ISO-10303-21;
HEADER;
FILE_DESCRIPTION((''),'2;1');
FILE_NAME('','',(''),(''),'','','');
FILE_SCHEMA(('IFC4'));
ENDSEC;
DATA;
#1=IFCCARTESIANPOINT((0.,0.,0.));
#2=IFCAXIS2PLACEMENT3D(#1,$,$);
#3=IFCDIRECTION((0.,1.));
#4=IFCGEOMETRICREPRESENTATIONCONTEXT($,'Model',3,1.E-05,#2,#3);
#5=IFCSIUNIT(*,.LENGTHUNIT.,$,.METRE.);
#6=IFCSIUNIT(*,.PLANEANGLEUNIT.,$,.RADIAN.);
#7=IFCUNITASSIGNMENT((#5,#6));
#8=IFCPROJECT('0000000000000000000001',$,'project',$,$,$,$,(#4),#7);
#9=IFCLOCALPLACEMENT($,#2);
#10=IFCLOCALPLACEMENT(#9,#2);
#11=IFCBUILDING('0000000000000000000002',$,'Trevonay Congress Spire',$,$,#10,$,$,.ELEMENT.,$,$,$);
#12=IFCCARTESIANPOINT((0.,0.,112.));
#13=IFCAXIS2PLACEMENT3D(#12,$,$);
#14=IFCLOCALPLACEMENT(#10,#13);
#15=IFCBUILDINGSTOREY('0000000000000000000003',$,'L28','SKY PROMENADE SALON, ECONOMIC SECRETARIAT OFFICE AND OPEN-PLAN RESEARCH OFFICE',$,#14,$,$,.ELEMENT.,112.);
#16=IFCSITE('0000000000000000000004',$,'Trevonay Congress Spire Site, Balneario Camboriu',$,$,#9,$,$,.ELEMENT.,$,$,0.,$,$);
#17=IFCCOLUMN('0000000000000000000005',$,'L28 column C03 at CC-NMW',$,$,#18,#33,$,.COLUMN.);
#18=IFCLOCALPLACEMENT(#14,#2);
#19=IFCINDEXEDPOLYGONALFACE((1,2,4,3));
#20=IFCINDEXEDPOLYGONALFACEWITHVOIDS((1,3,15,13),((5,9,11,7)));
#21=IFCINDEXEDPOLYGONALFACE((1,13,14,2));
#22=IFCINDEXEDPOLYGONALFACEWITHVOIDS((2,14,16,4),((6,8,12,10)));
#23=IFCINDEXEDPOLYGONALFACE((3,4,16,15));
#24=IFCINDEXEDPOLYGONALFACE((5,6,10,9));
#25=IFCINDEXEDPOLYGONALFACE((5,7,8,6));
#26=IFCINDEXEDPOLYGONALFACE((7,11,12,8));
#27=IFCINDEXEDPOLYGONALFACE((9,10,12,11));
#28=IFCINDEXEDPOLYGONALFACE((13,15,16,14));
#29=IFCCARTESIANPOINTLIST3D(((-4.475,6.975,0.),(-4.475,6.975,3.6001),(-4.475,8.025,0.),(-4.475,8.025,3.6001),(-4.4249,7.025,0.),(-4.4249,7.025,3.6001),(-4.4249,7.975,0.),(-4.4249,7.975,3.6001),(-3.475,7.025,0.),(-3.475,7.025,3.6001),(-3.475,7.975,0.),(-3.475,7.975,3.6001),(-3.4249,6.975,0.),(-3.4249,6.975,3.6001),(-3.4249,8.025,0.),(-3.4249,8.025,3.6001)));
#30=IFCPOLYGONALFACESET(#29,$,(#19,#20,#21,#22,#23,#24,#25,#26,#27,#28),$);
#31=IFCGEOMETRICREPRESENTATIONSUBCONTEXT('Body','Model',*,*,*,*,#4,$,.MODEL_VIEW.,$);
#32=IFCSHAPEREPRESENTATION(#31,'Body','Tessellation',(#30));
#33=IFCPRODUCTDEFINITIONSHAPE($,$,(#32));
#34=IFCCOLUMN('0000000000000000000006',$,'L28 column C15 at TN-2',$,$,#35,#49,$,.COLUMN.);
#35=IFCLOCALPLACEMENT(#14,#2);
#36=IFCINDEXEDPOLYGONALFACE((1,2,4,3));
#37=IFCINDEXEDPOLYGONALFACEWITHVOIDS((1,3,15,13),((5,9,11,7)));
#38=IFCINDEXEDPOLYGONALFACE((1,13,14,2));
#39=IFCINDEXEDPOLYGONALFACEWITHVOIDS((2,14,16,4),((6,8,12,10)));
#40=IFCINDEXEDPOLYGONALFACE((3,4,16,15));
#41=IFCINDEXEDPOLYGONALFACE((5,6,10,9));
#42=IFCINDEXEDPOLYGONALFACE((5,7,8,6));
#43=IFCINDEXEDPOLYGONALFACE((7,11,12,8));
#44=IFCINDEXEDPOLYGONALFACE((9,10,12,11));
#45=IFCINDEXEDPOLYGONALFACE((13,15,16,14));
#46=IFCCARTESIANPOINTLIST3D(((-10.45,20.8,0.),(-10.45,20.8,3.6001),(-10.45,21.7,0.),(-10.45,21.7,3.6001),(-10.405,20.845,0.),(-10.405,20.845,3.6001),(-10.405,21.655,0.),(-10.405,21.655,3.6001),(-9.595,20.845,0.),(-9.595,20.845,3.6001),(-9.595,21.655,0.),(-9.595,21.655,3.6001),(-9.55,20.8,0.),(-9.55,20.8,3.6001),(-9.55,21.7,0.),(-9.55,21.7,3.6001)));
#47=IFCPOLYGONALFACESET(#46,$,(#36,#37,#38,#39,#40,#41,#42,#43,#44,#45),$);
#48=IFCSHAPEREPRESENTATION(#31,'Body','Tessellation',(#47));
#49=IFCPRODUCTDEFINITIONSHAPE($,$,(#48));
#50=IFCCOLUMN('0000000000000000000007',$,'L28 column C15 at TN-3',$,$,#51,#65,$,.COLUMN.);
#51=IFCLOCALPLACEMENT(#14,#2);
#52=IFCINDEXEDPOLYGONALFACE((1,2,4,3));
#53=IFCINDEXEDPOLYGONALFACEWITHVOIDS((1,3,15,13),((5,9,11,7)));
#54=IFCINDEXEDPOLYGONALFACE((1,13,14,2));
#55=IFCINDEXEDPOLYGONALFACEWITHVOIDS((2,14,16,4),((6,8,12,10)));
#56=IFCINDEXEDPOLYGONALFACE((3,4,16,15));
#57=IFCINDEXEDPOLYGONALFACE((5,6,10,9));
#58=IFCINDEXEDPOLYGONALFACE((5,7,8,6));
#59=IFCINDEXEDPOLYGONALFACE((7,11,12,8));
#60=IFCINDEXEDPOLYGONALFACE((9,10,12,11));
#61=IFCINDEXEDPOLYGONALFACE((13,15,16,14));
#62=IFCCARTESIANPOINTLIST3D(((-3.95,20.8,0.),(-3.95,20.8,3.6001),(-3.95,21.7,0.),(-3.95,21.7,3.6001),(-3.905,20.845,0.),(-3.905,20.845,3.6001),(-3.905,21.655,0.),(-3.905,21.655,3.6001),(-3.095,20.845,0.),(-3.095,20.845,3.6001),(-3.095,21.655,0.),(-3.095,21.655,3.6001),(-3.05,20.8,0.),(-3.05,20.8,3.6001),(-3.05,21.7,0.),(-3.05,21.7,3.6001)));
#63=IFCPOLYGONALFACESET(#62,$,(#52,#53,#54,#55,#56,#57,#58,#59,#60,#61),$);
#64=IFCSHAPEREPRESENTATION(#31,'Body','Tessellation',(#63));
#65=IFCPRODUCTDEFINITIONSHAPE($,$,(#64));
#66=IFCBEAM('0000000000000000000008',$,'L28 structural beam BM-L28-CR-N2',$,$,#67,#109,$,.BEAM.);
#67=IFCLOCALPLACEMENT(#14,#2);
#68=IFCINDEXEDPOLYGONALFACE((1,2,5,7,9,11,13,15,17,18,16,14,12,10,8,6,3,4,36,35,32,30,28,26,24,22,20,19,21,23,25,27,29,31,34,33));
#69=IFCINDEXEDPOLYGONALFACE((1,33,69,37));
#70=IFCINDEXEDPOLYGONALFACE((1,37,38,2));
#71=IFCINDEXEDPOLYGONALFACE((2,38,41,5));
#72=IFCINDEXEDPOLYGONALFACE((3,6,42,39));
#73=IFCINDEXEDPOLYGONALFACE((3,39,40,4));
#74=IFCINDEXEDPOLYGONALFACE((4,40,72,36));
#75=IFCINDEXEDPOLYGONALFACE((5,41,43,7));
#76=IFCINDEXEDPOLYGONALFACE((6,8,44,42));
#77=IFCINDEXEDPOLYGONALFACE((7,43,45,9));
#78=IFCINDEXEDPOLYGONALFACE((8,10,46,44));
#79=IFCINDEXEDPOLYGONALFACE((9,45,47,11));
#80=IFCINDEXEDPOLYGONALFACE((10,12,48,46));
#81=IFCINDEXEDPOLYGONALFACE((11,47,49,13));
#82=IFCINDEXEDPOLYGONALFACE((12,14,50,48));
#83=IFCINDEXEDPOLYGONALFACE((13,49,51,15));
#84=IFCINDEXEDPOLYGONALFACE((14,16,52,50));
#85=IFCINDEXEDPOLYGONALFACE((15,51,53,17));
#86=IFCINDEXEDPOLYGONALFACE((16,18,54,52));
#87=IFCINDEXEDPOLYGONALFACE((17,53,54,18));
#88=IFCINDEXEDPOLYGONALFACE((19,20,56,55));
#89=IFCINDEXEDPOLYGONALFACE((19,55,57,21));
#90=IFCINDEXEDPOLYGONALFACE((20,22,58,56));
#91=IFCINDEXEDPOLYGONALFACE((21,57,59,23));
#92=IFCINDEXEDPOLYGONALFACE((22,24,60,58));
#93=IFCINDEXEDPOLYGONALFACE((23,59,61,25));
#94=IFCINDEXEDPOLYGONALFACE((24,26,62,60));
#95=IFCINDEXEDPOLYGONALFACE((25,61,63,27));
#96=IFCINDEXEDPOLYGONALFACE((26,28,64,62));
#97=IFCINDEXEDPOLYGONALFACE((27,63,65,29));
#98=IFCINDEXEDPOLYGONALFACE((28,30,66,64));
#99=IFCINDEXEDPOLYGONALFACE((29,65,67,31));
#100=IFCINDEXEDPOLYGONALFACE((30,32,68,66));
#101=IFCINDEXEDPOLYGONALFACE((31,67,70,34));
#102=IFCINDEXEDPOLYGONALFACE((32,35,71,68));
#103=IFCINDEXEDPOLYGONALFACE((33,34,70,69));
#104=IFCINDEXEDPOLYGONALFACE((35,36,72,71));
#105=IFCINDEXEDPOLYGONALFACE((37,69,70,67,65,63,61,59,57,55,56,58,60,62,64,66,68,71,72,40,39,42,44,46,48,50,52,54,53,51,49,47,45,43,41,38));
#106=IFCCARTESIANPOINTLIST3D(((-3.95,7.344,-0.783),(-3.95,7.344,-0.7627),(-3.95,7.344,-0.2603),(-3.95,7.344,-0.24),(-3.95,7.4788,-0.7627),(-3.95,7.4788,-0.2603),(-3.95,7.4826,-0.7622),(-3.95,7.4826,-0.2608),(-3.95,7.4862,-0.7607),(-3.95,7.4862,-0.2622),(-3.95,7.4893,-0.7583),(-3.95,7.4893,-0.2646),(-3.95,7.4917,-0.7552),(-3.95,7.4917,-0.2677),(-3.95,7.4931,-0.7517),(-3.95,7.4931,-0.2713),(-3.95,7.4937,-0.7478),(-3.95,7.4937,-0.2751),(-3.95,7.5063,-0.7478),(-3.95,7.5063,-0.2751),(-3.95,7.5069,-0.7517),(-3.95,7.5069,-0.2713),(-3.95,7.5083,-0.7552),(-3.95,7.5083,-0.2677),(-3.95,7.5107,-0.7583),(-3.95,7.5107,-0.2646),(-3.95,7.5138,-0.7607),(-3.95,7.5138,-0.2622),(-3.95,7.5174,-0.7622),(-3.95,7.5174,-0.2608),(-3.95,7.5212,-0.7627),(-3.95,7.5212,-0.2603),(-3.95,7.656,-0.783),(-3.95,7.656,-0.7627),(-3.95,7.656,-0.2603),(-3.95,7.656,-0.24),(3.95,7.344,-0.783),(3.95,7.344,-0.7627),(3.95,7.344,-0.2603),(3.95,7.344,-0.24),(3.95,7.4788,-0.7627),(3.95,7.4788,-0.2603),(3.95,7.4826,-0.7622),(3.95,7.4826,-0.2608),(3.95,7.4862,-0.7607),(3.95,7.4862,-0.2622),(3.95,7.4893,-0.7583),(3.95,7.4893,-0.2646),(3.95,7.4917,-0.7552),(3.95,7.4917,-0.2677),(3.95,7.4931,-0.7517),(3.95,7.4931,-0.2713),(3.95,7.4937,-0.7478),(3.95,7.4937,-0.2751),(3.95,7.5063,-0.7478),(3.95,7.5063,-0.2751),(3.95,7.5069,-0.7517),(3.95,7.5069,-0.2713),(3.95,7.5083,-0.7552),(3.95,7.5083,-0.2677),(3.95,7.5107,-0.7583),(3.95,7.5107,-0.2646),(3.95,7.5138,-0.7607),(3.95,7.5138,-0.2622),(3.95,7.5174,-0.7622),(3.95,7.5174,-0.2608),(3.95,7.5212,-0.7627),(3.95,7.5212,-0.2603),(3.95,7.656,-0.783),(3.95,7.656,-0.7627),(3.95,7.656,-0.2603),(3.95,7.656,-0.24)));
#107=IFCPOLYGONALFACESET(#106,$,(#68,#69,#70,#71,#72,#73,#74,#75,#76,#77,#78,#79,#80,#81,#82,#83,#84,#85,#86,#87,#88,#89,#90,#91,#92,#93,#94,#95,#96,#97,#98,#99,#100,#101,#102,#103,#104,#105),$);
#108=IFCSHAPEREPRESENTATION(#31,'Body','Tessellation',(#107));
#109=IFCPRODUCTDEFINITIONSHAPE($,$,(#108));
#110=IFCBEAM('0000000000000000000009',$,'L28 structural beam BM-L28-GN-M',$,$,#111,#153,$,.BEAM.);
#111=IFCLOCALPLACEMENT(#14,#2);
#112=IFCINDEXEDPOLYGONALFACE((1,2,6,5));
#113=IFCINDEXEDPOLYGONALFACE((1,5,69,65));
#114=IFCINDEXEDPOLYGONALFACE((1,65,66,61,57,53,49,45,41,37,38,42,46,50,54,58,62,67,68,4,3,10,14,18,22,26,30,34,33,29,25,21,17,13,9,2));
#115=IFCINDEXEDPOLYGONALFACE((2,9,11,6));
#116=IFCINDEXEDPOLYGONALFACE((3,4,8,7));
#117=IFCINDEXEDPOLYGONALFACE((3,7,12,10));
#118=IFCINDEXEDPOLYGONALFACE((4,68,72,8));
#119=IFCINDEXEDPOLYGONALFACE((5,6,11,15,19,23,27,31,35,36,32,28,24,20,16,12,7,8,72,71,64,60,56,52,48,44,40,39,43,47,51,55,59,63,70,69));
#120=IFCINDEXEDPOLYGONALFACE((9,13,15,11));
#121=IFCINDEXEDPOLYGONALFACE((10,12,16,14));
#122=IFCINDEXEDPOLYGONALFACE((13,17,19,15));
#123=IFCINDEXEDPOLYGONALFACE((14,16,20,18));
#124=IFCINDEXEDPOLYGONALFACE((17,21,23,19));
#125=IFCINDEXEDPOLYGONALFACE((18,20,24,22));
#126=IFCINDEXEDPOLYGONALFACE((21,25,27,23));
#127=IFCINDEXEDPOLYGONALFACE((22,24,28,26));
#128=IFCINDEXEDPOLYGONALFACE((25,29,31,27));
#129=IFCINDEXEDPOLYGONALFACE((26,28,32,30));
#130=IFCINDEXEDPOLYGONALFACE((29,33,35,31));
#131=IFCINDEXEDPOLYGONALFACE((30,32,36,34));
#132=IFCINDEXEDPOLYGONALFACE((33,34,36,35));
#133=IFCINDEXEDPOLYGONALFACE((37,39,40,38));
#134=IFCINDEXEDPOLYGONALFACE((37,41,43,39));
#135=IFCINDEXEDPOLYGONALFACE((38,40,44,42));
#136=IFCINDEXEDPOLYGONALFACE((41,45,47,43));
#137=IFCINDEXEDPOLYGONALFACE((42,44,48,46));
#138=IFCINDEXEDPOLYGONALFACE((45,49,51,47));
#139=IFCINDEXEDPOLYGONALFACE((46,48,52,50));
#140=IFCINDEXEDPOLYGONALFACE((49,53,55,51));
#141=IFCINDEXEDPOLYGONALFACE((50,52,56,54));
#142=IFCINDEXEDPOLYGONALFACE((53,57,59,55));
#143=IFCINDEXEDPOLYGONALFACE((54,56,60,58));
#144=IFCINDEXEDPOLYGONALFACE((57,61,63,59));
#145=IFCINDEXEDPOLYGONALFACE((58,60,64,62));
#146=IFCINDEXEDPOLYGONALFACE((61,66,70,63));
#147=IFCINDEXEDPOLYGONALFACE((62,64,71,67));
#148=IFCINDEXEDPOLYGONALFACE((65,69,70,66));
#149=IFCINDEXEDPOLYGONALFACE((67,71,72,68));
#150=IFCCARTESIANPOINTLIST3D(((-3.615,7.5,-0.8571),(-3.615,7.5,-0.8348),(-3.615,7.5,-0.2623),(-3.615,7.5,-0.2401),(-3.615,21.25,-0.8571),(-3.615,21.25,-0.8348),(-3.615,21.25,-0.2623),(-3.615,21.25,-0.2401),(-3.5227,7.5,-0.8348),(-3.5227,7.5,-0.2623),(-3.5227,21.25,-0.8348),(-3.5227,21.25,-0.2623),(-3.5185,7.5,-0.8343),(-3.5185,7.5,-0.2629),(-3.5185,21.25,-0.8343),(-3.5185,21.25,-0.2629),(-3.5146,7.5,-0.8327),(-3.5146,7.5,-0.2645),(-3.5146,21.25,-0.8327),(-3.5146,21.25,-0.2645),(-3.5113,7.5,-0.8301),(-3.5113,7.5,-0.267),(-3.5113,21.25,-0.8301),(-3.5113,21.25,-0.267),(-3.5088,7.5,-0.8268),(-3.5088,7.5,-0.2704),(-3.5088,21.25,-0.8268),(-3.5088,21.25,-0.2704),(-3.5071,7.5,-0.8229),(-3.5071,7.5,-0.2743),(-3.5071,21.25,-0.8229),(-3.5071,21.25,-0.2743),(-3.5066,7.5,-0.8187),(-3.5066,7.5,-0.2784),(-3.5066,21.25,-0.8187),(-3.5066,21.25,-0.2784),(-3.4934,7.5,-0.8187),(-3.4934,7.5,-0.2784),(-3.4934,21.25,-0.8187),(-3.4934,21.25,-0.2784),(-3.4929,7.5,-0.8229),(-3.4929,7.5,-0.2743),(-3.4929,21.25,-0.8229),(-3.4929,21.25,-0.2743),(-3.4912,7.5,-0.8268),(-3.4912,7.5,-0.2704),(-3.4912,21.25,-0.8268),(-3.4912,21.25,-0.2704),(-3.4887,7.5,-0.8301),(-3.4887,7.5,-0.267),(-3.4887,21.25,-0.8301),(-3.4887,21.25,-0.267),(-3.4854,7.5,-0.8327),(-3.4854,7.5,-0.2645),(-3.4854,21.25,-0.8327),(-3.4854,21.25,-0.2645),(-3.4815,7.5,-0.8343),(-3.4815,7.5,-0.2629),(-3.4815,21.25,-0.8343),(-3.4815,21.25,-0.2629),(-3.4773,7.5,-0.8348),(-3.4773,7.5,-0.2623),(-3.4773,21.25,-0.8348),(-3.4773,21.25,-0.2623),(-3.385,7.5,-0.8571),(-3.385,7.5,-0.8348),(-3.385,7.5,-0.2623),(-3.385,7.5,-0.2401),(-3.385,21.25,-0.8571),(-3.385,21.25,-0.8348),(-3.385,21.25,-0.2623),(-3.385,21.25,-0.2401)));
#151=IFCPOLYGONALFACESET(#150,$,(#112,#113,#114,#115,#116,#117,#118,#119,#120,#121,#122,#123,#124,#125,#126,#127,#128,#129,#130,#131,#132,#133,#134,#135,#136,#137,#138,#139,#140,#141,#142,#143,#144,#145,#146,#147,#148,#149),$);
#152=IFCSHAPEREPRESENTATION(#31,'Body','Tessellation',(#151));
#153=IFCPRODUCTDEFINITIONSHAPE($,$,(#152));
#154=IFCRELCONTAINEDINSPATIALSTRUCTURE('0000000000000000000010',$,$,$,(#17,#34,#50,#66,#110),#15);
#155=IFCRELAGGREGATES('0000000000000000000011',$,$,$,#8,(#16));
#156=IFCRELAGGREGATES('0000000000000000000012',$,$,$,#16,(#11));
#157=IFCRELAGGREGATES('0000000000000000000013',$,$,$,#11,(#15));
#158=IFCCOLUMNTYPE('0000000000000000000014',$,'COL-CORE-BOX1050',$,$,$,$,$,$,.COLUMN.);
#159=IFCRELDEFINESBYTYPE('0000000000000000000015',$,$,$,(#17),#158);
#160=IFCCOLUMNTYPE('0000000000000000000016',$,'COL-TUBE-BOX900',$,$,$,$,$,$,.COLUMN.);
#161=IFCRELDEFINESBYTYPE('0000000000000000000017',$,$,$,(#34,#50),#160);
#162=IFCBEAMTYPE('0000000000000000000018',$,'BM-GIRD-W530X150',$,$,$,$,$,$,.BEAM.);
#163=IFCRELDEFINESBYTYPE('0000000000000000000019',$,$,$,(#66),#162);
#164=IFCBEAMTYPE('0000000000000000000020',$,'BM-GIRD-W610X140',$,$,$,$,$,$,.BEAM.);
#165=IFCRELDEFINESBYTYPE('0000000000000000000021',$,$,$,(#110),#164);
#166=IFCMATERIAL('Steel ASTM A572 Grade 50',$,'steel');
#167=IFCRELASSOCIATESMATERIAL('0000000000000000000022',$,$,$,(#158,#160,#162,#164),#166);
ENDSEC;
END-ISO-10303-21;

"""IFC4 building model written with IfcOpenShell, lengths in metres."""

from ifc_helpers import new_model, si_unit, direction, frame, origin, origin_2d, place, context, subcontext, project, spatial, hollow_rectangle, i_section, extrude, material, material_profile, profile_set, type_object, element, save


model = new_model("IFC4")

# Units and contexts
model_context = context("Model", 3, precision=1e-05, world=origin(), true_north=direction((0.0, 1.0)))
body_context = subcontext(model_context, "Body", "Model", "MODEL_VIEW")
ifc_project = project(units=[si_unit("LENGTHUNIT", "METRE"), si_unit("PLANEANGLEUNIT", "RADIAN")], contexts=[model_context])

# Site, building, storey
site_placement = place(None, origin())
site = spatial("IfcSite", under=ifc_project, at=site_placement, Name="Trevonay Congress Spire Site, Balneario Camboriu", CompositionType="ELEMENT", RefElevation=0.0)
building_placement = place(site_placement, origin())
building = spatial("IfcBuilding", under=site, at=building_placement, Name="Trevonay Congress Spire", CompositionType="ELEMENT")
storey_placement = place(building_placement, frame((0.0, 0.0, 112.0)))
storey = spatial("IfcBuildingStorey", under=building, at=storey_placement, Name="L28", Description="SKY PROMENADE SALON, ECONOMIC SECRETARIAT OFFICE AND OPEN-PLAN RESEARCH OFFICE", CompositionType="ELEMENT", Elevation=112.0)

# Columns
ifc_material_1 = material(Name="Steel ASTM A572 Grade 50", Category="steel")
ifc_material_profile_1 = material_profile(ifc_material_1, hollow_rectangle(XDim=1.05, YDim=1.05, WallThickness=0.05, at=origin_2d()), Name="BOX 1050x1050x50")
ifc_profile_set_1 = profile_set([ifc_material_profile_1], Name="Steel ASTM A572 Grade 50")
column_type_1 = type_object("IfcColumnType", Name="COL-CORE-BOX1050", PredefinedType="COLUMN", material=ifc_profile_set_1)
column_placement = place(storey_placement, frame((-3.95, 7.5, 0.0), z_axis=(0.0, 0.0, 1.0), x_axis=(1.0, 0.0, 0.0)))
element("IfcColumn", 1, at=column_placement, inside=storey, type_object=column_type_1, Name="L28 column C03 at CC-NMW", PredefinedType="COLUMN", context=body_context, shape_type="SweptSolid", body=[
    extrude(hollow_rectangle(XDim=1.05, YDim=1.05, WallThickness=0.05, at=origin_2d()), origin(), (0.0, 0.0, 1.0), 3.6001),
])
ifc_material_profile_2 = material_profile(ifc_material_1, hollow_rectangle(XDim=0.8999, YDim=0.8999, WallThickness=0.0449, at=origin_2d()), Name="BOX 900x900x45")
ifc_profile_set_2 = profile_set([ifc_material_profile_2], Name="Steel ASTM A572 Grade 50")
column_type_2 = type_object("IfcColumnType", Name="COL-TUBE-BOX900", PredefinedType="COLUMN", material=ifc_profile_set_2)
for number, where, z_axis, x_axis, name in (
    (2, (-10.0, 21.25, 0.0), (0.0, 0.0, 1.0), (1.0, 0.0, 0.0), "L28 column C15 at TN-2"),
    (3, (-3.5, 21.25, 0.0), (0.0, 0.0, 1.0), (1.0, 0.0, 0.0), "L28 column C15 at TN-3"),
):
    element("IfcColumn", number, at=place(storey_placement, frame(where, z_axis=z_axis, x_axis=x_axis)), inside=storey, type_object=column_type_2, Name=name, PredefinedType="COLUMN", context=body_context, shape_type="SweptSolid", body=[
        extrude(hollow_rectangle(XDim=0.8999, YDim=0.8999, WallThickness=0.0449, at=origin_2d()), origin(), (0.0, 0.0, 1.0), 3.6001),
    ])

# Beams
ifc_material_profile_3 = material_profile(ifc_material_1, i_section(OverallWidth=0.312, OverallDepth=0.543, WebThickness=0.0127, FlangeThickness=0.0203, FilletRadius=0.0149, at=origin_2d()), Name="W530x150")
ifc_profile_set_3 = profile_set([ifc_material_profile_3], Name="Steel ASTM A572 Grade 50")
beam_type_1 = type_object("IfcBeamType", Name="BM-GIRD-W530X150", PredefinedType="BEAM", material=ifc_profile_set_3)
beam_1_placement = place(storey_placement, frame((-3.95, 7.5, -0.5115), z_axis=(1.0, 0.0, 0.0), x_axis=(0.0, 1.0, 0.0)))
element("IfcBeam", 4, at=beam_1_placement, inside=storey, type_object=beam_type_1, Name="L28 structural beam BM-L28-CR-N2", PredefinedType="BEAM", context=body_context, shape_type="SweptSolid", body=[
    extrude(i_section(OverallWidth=0.312, OverallDepth=0.543, WebThickness=0.0127, FlangeThickness=0.0203, FilletRadius=0.0149, at=origin_2d()), origin(), (0.0, 0.0, 1.0), 7.8999),
])
ifc_material_profile_4 = material_profile(ifc_material_1, i_section(OverallWidth=0.23, OverallDepth=0.6169, WebThickness=0.0132, FlangeThickness=0.0222, FilletRadius=0.0161, at=origin_2d()), Name="W610x140")
ifc_profile_set_4 = profile_set([ifc_material_profile_4], Name="Steel ASTM A572 Grade 50")
beam_type_2 = type_object("IfcBeamType", Name="BM-GIRD-W610X140", PredefinedType="BEAM", material=ifc_profile_set_4)
beam_2_placement = place(storey_placement, frame((-3.5, 7.5, -0.5486), z_axis=(0.0, 1.0, 0.0), x_axis=(-1.0, 0.0, 0.0)))
element("IfcBeam", 5, at=beam_2_placement, inside=storey, type_object=beam_type_2, Name="L28 structural beam BM-L28-GN-M", PredefinedType="BEAM", context=body_context, shape_type="SweptSolid", body=[
    extrude(i_section(OverallWidth=0.23, OverallDepth=0.6169, WebThickness=0.0132, FlangeThickness=0.0222, FilletRadius=0.0161, at=origin_2d()), origin(), (0.0, 0.0, 1.0), 13.75),
])

save(model, "model.ifc")
